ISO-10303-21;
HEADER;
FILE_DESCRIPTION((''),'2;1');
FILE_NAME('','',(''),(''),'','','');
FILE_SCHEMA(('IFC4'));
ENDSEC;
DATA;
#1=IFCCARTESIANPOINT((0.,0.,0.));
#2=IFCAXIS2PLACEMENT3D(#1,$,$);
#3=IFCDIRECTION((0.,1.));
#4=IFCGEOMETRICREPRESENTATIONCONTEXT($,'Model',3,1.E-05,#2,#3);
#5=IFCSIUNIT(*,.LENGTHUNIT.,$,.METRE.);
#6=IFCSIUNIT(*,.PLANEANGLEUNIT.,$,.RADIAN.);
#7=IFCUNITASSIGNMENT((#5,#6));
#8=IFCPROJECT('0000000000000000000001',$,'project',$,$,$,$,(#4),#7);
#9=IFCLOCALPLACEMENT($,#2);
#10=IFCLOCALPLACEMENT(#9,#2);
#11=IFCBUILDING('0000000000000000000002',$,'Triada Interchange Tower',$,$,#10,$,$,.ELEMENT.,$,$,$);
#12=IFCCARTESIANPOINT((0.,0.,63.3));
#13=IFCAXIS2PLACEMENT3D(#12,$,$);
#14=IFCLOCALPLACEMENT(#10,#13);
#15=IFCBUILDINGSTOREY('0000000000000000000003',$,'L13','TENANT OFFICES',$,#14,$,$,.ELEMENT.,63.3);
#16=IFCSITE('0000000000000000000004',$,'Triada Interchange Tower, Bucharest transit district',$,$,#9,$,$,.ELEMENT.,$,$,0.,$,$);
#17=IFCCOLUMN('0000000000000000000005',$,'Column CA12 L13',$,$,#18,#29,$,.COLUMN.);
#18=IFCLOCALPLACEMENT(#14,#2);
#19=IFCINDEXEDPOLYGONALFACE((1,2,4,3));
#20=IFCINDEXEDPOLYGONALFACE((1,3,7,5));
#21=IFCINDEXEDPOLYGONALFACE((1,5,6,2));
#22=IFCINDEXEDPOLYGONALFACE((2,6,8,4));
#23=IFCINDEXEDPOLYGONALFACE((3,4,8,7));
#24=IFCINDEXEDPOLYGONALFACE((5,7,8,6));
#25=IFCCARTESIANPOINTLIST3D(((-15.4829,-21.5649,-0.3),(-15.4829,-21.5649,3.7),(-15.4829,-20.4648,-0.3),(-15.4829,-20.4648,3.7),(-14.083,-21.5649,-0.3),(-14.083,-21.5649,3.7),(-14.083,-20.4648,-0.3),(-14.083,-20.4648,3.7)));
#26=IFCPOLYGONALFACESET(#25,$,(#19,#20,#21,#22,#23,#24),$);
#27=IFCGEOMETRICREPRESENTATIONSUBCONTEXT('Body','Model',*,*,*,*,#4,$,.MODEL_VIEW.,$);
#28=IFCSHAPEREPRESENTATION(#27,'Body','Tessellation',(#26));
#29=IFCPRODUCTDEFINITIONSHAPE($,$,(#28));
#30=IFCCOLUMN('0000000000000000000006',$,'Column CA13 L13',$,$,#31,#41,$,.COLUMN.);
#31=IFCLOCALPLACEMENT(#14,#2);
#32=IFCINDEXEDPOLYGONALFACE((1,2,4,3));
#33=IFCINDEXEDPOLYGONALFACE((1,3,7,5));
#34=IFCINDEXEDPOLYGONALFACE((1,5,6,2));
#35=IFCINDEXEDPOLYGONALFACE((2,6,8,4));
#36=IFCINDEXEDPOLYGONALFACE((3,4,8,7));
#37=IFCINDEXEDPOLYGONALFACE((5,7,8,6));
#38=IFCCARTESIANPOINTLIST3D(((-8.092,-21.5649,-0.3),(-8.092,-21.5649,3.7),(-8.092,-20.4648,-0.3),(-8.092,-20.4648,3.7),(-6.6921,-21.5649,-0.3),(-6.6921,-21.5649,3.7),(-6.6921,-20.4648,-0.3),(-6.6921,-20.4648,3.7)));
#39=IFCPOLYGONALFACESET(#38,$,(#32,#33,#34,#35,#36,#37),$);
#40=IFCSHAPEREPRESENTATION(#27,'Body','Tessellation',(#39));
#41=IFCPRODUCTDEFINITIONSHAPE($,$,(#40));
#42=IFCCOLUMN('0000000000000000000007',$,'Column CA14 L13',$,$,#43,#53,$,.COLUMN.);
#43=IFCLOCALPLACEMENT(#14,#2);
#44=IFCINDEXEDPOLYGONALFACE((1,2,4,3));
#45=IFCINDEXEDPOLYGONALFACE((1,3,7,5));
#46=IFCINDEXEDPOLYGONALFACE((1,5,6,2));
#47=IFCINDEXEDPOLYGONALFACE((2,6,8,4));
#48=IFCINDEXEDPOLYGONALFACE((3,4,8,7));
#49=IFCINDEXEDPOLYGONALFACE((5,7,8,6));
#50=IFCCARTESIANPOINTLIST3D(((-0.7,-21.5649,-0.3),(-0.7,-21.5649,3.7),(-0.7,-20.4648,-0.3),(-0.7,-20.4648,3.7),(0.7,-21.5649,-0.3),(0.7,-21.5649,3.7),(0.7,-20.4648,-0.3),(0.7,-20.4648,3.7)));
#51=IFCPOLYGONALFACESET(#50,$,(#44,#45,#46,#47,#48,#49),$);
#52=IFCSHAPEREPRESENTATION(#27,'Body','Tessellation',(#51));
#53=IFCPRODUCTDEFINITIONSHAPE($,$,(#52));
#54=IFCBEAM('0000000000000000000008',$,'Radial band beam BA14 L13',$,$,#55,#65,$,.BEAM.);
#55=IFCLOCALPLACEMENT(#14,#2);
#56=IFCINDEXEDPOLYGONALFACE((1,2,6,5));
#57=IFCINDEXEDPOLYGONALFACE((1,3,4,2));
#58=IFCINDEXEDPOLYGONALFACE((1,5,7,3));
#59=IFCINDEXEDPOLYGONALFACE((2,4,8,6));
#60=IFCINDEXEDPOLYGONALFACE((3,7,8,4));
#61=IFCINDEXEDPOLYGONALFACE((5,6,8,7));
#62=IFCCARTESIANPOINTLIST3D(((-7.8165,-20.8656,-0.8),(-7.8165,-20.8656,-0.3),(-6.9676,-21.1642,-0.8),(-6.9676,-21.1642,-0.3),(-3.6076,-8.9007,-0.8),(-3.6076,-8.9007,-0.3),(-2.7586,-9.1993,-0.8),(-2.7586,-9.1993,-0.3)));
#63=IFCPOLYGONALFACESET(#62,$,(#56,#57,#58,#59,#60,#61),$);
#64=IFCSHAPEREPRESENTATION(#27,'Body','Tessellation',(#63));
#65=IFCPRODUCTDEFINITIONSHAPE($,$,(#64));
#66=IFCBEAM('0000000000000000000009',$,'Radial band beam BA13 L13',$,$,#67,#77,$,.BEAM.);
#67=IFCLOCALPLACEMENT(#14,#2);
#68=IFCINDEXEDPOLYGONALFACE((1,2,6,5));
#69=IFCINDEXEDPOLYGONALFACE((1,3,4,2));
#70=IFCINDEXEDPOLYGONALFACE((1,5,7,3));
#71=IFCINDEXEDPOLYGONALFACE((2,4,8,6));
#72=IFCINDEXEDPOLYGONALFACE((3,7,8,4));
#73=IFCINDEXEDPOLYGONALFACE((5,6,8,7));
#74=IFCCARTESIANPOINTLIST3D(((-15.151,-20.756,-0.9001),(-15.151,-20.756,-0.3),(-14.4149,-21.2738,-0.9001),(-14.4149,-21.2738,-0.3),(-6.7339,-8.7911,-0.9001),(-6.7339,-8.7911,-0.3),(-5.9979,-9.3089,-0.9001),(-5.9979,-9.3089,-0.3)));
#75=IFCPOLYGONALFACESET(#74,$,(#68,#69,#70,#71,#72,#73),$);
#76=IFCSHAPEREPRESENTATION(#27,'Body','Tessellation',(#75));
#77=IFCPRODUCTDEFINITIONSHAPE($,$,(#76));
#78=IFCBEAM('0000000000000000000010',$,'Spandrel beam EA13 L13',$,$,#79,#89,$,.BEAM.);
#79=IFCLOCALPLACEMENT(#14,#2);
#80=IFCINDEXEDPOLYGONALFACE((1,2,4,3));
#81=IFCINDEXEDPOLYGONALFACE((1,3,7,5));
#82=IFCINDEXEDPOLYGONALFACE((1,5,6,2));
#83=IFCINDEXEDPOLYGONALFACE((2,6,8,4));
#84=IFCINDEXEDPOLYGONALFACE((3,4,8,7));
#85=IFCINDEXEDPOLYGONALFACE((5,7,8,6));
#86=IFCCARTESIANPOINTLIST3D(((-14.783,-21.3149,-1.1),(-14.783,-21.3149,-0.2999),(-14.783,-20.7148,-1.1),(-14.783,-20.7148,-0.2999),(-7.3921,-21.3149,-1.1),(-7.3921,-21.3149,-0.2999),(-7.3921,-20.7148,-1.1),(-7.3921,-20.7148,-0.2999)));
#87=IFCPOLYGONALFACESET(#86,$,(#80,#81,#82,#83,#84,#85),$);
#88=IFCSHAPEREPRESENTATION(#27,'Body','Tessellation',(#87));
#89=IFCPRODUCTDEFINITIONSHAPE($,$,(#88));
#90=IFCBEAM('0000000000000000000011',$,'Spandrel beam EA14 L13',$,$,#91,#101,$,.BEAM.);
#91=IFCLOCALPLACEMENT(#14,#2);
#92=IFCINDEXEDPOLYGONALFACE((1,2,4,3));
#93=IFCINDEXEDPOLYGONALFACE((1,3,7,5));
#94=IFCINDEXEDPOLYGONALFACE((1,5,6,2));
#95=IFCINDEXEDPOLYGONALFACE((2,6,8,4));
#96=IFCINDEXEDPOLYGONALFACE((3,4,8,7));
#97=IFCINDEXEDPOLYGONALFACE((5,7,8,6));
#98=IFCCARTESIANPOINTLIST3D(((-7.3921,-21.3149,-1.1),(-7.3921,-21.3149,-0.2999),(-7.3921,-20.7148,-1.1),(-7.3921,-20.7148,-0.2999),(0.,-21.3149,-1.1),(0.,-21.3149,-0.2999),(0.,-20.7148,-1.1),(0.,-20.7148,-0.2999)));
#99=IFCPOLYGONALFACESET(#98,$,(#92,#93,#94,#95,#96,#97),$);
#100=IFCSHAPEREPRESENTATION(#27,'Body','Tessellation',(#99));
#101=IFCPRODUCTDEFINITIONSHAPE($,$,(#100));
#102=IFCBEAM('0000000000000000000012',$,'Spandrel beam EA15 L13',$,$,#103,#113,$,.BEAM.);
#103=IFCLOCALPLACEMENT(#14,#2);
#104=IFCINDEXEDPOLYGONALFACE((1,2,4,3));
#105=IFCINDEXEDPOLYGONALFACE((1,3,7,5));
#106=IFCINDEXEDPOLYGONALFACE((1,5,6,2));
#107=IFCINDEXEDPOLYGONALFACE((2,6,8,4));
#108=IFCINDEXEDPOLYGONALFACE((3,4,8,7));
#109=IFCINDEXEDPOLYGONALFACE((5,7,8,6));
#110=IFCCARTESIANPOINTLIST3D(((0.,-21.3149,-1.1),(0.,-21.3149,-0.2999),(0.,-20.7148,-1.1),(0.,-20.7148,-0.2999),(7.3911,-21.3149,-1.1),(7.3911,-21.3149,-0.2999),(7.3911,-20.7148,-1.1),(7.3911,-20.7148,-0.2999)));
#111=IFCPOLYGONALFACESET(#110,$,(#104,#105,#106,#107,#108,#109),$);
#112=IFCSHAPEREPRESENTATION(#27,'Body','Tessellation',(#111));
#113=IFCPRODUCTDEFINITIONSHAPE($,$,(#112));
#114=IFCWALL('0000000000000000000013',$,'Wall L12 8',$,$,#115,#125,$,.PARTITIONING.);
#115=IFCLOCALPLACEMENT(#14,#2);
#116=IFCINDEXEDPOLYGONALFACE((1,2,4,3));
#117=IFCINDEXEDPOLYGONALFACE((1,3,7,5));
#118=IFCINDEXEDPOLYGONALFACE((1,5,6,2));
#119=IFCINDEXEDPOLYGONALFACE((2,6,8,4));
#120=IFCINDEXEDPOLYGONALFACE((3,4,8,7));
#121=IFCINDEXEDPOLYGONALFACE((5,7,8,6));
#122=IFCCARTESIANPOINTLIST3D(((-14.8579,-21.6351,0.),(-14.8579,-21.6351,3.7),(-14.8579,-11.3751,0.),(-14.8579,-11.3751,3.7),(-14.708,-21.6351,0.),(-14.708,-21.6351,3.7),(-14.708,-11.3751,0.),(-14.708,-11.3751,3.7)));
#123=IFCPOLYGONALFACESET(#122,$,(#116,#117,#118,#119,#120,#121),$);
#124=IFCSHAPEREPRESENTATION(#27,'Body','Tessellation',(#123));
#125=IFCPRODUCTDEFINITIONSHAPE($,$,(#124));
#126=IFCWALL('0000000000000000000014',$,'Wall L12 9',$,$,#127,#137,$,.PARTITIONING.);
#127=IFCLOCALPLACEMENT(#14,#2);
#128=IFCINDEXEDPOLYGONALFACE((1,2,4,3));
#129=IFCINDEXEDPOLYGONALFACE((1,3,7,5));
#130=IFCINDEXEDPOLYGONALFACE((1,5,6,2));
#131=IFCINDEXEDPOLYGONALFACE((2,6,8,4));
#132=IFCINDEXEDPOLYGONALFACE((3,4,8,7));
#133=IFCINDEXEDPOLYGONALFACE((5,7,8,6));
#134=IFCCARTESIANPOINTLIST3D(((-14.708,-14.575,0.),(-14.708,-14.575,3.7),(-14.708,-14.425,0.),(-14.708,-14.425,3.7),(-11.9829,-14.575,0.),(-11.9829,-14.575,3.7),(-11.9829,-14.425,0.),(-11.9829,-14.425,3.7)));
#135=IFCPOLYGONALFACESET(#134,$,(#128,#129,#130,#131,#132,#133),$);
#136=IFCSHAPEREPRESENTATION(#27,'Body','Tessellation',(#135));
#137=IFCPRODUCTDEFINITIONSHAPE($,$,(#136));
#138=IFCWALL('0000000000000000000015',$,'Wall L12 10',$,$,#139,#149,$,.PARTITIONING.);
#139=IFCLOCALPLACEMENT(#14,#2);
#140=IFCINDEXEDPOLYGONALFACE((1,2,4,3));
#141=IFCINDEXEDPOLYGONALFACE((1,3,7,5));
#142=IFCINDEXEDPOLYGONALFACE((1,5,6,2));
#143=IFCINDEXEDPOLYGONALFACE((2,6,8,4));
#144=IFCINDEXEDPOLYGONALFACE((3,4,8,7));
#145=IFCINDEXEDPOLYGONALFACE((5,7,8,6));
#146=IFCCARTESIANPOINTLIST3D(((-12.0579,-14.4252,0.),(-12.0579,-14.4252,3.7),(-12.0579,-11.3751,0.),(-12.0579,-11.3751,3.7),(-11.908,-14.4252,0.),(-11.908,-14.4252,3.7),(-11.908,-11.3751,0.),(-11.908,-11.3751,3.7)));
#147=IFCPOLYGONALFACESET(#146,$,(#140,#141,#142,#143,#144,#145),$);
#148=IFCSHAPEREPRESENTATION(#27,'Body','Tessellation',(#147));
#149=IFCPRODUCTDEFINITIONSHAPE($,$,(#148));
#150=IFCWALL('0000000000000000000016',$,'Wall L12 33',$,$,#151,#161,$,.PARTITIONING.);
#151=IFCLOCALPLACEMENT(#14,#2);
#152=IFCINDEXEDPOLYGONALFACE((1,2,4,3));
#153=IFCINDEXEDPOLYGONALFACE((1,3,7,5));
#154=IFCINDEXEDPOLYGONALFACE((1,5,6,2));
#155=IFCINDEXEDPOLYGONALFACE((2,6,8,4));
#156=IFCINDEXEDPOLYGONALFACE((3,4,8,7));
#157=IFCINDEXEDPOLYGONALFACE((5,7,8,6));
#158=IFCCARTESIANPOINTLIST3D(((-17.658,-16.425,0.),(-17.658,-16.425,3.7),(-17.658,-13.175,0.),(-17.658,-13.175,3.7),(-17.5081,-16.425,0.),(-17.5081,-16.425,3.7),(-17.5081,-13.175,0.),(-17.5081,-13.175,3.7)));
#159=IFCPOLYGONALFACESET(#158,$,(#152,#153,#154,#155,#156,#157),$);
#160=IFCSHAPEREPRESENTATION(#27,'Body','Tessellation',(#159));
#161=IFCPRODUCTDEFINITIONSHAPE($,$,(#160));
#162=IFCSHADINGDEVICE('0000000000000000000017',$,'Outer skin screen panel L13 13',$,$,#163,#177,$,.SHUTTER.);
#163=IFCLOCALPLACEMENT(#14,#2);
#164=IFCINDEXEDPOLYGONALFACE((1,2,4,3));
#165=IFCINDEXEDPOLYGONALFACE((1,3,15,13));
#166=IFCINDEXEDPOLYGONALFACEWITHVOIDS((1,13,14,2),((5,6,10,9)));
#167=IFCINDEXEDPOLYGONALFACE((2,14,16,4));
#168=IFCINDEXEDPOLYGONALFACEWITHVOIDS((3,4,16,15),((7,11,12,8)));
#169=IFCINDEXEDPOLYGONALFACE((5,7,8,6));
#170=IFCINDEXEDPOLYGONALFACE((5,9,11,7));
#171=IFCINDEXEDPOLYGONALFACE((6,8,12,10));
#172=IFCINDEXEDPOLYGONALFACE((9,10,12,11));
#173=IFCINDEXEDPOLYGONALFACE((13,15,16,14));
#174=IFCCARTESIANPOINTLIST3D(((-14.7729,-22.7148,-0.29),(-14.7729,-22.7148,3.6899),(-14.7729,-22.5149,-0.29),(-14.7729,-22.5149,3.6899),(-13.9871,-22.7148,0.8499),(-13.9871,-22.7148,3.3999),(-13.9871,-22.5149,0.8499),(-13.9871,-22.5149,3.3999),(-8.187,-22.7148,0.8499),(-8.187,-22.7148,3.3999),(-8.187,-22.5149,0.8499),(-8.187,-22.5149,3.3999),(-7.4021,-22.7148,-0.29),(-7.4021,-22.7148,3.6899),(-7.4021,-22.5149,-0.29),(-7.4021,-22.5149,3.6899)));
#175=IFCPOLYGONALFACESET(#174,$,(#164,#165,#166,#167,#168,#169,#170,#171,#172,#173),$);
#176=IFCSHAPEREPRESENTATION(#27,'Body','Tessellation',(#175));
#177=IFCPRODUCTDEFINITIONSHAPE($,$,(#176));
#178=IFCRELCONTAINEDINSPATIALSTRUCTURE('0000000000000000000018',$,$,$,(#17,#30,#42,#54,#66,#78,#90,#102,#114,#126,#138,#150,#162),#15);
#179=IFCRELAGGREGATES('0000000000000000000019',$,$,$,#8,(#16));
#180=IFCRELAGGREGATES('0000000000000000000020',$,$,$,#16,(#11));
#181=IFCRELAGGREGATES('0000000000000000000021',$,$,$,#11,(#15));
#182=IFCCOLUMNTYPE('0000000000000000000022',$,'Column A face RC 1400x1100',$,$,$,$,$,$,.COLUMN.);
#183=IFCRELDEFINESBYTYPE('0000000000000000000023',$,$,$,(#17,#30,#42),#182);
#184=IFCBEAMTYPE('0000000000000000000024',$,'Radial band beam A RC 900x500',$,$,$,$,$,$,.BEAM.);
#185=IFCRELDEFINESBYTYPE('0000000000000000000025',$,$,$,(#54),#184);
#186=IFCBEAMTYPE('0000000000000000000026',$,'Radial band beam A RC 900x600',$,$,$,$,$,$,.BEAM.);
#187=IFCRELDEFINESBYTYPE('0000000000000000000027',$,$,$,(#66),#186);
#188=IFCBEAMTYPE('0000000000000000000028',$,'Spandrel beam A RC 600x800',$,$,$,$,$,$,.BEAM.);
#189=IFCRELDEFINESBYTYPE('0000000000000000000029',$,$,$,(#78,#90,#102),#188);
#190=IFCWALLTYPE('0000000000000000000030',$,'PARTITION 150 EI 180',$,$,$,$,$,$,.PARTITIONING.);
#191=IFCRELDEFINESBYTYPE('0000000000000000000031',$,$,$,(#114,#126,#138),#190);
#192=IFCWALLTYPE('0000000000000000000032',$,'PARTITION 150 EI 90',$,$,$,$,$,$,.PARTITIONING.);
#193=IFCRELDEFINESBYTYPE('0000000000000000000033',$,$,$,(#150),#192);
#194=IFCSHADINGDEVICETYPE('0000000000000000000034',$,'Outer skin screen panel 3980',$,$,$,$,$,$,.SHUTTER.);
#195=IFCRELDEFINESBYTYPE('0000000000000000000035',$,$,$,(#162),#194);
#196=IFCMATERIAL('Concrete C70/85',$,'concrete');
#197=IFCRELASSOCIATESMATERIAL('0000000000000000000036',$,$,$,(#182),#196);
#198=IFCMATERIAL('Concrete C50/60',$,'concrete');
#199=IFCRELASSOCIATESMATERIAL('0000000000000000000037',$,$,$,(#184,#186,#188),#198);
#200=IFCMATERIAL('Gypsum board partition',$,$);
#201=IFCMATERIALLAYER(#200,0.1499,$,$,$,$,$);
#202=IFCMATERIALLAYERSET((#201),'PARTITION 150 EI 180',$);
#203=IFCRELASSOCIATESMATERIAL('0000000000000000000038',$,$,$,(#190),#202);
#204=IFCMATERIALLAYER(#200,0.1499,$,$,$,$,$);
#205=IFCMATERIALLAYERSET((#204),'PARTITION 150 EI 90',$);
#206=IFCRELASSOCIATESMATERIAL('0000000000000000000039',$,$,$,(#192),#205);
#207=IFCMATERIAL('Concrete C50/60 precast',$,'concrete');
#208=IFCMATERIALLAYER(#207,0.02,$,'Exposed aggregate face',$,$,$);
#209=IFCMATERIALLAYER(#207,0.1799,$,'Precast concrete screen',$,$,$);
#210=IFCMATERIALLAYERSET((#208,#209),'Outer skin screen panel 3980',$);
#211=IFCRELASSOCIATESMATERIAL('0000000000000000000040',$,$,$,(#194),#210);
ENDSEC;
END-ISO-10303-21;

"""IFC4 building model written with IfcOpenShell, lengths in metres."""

from ifc_helpers import new_model, si_unit, direction, frame, frame_2d, origin, origin_2d, place, context, subcontext, project, spatial, polyline, rectangle, outline, extrude, material, layer, layer_set, material_profile, profile_set, type_object, element, save


model = new_model("IFC4")

# Units and contexts
model_context = context("Model", 3, precision=1e-05, world=origin(), true_north=direction((0.0, 1.0)))
body_context = subcontext(model_context, "Body", "Model", "MODEL_VIEW")
ifc_project = project(units=[si_unit("LENGTHUNIT", "METRE"), si_unit("PLANEANGLEUNIT", "RADIAN")], contexts=[model_context])

# Site, building, storey
site_placement = place(None, origin())
site = spatial("IfcSite", under=ifc_project, at=site_placement, Name="Triada Interchange Tower, Bucharest transit district", CompositionType="ELEMENT", RefElevation=0.0)
building_placement = place(site_placement, origin())
building = spatial("IfcBuilding", under=site, at=building_placement, Name="Triada Interchange Tower", CompositionType="ELEMENT")
storey_placement = place(building_placement, frame((0.0, 0.0, 63.3)))
storey = spatial("IfcBuildingStorey", under=building, at=storey_placement, Name="L13", Description="TENANT OFFICES", CompositionType="ELEMENT", Elevation=63.3)

# Columns
ifc_material_1 = material(Name="Concrete C70/85", Category="concrete")
ifc_material_profile_1 = material_profile(ifc_material_1, rectangle(XDim=1.3999, YDim=1.1001, at=origin_2d()), Name="RC 1400x1100")
ifc_profile_set_1 = profile_set([ifc_material_profile_1], Name="Concrete C70/85")
column_type = type_object("IfcColumnType", Name="Column A face RC 1400x1100", PredefinedType="COLUMN", material=ifc_profile_set_1)
for number, where, z_axis, x_axis, name in (
    (1, (-14.783, -21.0149, -0.3), (0.0, 0.0, 1.0), (1.0, 0.0, 0.0), "Column CA12 L13"),
    (2, (-7.3921, -21.0149, -0.3), (0.0, 0.0, 1.0), (1.0, 0.0, 0.0), "Column CA13 L13"),
    (3, (0.0, -21.0149, -0.3), (0.0, 0.0, 1.0), (1.0, 0.0, 0.0), "Column CA14 L13"),
):
    element("IfcColumn", number, at=place(storey_placement, frame(where, z_axis=z_axis, x_axis=x_axis)), inside=storey, type_object=column_type, Name=name, PredefinedType="COLUMN", context=body_context, shape_type="SweptSolid", body=[
        extrude(rectangle(XDim=1.3999, YDim=1.1001, at=origin_2d()), origin(), (0.0, 0.0, 1.0), 4.0),
    ])

# Beams
ifc_material_2 = material(Name="Concrete C50/60", Category="concrete")
ifc_material_profile_2 = material_profile(ifc_material_2, rectangle(XDim=0.8999, YDim=0.5, at=origin_2d()), Name="RC 900x500")
ifc_profile_set_2 = profile_set([ifc_material_profile_2], Name="Concrete C50/60")
beam_type_1 = type_object("IfcBeamType", Name="Radial band beam A RC 900x500", PredefinedType="BEAM", material=ifc_profile_set_2)
beam_1_placement = place(storey_placement, frame((-7.3921, -21.0149, -0.55), z_axis=(0.331845, 0.943334, 0.0), x_axis=(-0.943334, 0.331845, 0.0)))
element("IfcBeam", 4, at=beam_1_placement, inside=storey, type_object=beam_type_1, Name="Radial band beam BA14 L13", PredefinedType="BEAM", context=body_context, shape_type="SweptSolid", body=[
    extrude(rectangle(XDim=0.8999, YDim=0.5, at=origin_2d()), origin(), (0.0, 0.0, 1.0), 12.6836),
])
ifc_material_profile_3 = material_profile(ifc_material_2, rectangle(XDim=0.8999, YDim=0.6001, at=origin_2d()), Name="RC 900x600")
ifc_profile_set_3 = profile_set([ifc_material_profile_3], Name="Concrete C50/60")
beam_type_2 = type_object("IfcBeamType", Name="Radial band beam A RC 900x600", PredefinedType="BEAM", material=ifc_profile_set_3)
beam_2_placement = place(storey_placement, frame((-14.783, -21.0149, -0.6001), z_axis=(0.575369, 0.817894, 0.0), x_axis=(-0.817894, 0.575369, 0.0)))
element("IfcBeam", 5, at=beam_2_placement, inside=storey, type_object=beam_type_2, Name="Radial band beam BA13 L13", PredefinedType="BEAM", context=body_context, shape_type="SweptSolid", body=[
    extrude(rectangle(XDim=0.8999, YDim=0.6001, at=origin_2d()), origin(), (0.0, 0.0, 1.0), 14.6289),
])
ifc_material_profile_4 = material_profile(ifc_material_2, rectangle(XDim=0.6001, YDim=0.8, at=origin_2d()), Name="RC 600x800")
ifc_profile_set_4 = profile_set([ifc_material_profile_4], Name="Concrete C50/60")
beam_type_3 = type_object("IfcBeamType", Name="Spandrel beam A RC 600x800", PredefinedType="BEAM", material=ifc_profile_set_4)
beam_3_placement = place(storey_placement, frame((-14.783, -21.0149, -0.7), z_axis=(1.0, 0.0, 0.0), x_axis=(0.0, 1.0, 0.0)))
element("IfcBeam", 6, at=beam_3_placement, inside=storey, type_object=beam_type_3, Name="Spandrel beam EA13 L13", PredefinedType="BEAM", context=body_context, shape_type="SweptSolid", body=[
    extrude(rectangle(XDim=0.6001, YDim=0.8, at=origin_2d()), origin(), (0.0, 0.0, 1.0), 7.3909),
])
beam_4_placement = place(storey_placement, frame((-7.3921, -21.0149, -0.7), z_axis=(1.0, 0.0, 0.0), x_axis=(0.0, 1.0, 0.0)))
element("IfcBeam", 7, at=beam_4_placement, inside=storey, type_object=beam_type_3, Name="Spandrel beam EA14 L13", PredefinedType="BEAM", context=body_context, shape_type="SweptSolid", body=[
    extrude(rectangle(XDim=0.6001, YDim=0.8, at=origin_2d()), origin(), (0.0, 0.0, 1.0), 7.3921),
])
beam_5_placement = place(storey_placement, frame((0.0, -21.0149, -0.7), z_axis=(1.0, 0.0, 0.0), x_axis=(0.0, 1.0, 0.0)))
element("IfcBeam", 8, at=beam_5_placement, inside=storey, type_object=beam_type_3, Name="Spandrel beam EA15 L13", PredefinedType="BEAM", context=body_context, shape_type="SweptSolid", body=[
    extrude(rectangle(XDim=0.6001, YDim=0.8, at=origin_2d()), origin(), (0.0, 0.0, 1.0), 7.3911),
])

# Walls
ifc_material_3 = material(Name="Gypsum board partition")
ifc_layer_1 = layer(ifc_material_3, 0.1499)
ifc_layer_set_1 = layer_set([ifc_layer_1], Name="PARTITION 150 EI 180")
wall_type_1 = type_object("IfcWallType", Name="PARTITION 150 EI 180", PredefinedType="PARTITIONING", material=ifc_layer_set_1)
wall_1_placement = place(storey_placement, frame((-14.783, -21.635, 0.0), z_axis=(0.0, 0.0, 1.0), x_axis=(0.0, 1.0, 0.0)))
element("IfcWall", 9, at=wall_1_placement, inside=storey, type_object=wall_type_1, Name="Wall L12 8", PredefinedType="PARTITIONING", context=body_context, shape_type="SweptSolid", body=[
    extrude(rectangle(XDim=10.26, YDim=0.1499, at=frame_2d((5.1299, 0.0))), origin(), (0.0, 0.0, 1.0), 3.7),
])
wall_2_placement = place(storey_placement, frame((-14.708, -14.5, 0.0), z_axis=(0.0, 0.0, 1.0), x_axis=(1.0, 0.0, 0.0)))
element("IfcWall", 10, at=wall_2_placement, inside=storey, type_object=wall_type_1, Name="Wall L12 9", PredefinedType="PARTITIONING", context=body_context, shape_type="SweptSolid", body=[
    extrude(rectangle(XDim=2.7251, YDim=0.1499, at=frame_2d((1.3625, 0.0))), origin(), (0.0, 0.0, 1.0), 3.7),
])
wall_3_placement = place(storey_placement, frame((-11.9829, -14.425, 0.0), z_axis=(0.0, 0.0, 1.0), x_axis=(0.0, 1.0, 0.0)))
element("IfcWall", 11, at=wall_3_placement, inside=storey, type_object=wall_type_1, Name="Wall L12 10", PredefinedType="PARTITIONING", context=body_context, shape_type="SweptSolid", body=[
    extrude(rectangle(XDim=3.05, YDim=0.1499, at=frame_2d((1.5249, 0.0))), origin(), (0.0, 0.0, 1.0), 3.7),
])
ifc_layer_2 = layer(ifc_material_3, 0.1499)
ifc_layer_set_2 = layer_set([ifc_layer_2], Name="PARTITION 150 EI 90")
wall_type_2 = type_object("IfcWallType", Name="PARTITION 150 EI 90", PredefinedType="PARTITIONING", material=ifc_layer_set_2)
wall_4_placement = place(storey_placement, frame((-17.583, -16.425, 0.0), z_axis=(0.0, 0.0, 1.0), x_axis=(0.0, 1.0, 0.0)))
element("IfcWall", 12, at=wall_4_placement, inside=storey, type_object=wall_type_2, Name="Wall L12 33", PredefinedType="PARTITIONING", context=body_context, shape_type="SweptSolid", body=[
    extrude(rectangle(XDim=3.25, YDim=0.1499, at=frame_2d((1.625, 0.0))), origin(), (0.0, 0.0, 1.0), 3.7),
])

# Shading device
ifc_material_4 = material(Name="Concrete C50/60 precast", Category="concrete")
ifc_layer_3 = layer(ifc_material_4, 0.02, Name="Exposed aggregate face")
ifc_layer_4 = layer(ifc_material_4, 0.1799, Name="Precast concrete screen")
ifc_layer_set_3 = layer_set([ifc_layer_3, ifc_layer_4], Name="Outer skin screen panel 3980")
shading_device_type = type_object("IfcShadingDeviceType", Name="Outer skin screen panel 3980", PredefinedType="SHUTTER", material=ifc_layer_set_3)
shading_device_1_placement = place(storey_placement, frame((-14.7729, -22.5149, -0.29), z_axis=(0.0, 0.0, 1.0), x_axis=(1.0, 0.0, 0.0)))
element("IfcShadingDevice", 13, at=shading_device_1_placement, inside=storey, type_object=shading_device_type, Name="Outer skin screen panel L13 13", PredefinedType="SHUTTER", context=body_context, shape_type="SweptSolid", body=[
    extrude(outline(polyline([(0.0, 0.0), (7.3708, 0.0), (7.3708, 3.98), (0.0, 3.98), (0.0, 0.0)]), holes=[polyline([(0.7859, 1.1399), (0.7859, 3.6899), (6.5859, 3.6899), (6.5859, 1.1399), (0.7859, 1.1399)])]), frame((0.0, 0.0, 0.0), z_axis=(0.0, -1.0, 0.0), x_axis=(1.0, 0.0, 0.0)), (0.0, 0.0, 1.0), 0.2),
])

save(model, "model.ifc")
